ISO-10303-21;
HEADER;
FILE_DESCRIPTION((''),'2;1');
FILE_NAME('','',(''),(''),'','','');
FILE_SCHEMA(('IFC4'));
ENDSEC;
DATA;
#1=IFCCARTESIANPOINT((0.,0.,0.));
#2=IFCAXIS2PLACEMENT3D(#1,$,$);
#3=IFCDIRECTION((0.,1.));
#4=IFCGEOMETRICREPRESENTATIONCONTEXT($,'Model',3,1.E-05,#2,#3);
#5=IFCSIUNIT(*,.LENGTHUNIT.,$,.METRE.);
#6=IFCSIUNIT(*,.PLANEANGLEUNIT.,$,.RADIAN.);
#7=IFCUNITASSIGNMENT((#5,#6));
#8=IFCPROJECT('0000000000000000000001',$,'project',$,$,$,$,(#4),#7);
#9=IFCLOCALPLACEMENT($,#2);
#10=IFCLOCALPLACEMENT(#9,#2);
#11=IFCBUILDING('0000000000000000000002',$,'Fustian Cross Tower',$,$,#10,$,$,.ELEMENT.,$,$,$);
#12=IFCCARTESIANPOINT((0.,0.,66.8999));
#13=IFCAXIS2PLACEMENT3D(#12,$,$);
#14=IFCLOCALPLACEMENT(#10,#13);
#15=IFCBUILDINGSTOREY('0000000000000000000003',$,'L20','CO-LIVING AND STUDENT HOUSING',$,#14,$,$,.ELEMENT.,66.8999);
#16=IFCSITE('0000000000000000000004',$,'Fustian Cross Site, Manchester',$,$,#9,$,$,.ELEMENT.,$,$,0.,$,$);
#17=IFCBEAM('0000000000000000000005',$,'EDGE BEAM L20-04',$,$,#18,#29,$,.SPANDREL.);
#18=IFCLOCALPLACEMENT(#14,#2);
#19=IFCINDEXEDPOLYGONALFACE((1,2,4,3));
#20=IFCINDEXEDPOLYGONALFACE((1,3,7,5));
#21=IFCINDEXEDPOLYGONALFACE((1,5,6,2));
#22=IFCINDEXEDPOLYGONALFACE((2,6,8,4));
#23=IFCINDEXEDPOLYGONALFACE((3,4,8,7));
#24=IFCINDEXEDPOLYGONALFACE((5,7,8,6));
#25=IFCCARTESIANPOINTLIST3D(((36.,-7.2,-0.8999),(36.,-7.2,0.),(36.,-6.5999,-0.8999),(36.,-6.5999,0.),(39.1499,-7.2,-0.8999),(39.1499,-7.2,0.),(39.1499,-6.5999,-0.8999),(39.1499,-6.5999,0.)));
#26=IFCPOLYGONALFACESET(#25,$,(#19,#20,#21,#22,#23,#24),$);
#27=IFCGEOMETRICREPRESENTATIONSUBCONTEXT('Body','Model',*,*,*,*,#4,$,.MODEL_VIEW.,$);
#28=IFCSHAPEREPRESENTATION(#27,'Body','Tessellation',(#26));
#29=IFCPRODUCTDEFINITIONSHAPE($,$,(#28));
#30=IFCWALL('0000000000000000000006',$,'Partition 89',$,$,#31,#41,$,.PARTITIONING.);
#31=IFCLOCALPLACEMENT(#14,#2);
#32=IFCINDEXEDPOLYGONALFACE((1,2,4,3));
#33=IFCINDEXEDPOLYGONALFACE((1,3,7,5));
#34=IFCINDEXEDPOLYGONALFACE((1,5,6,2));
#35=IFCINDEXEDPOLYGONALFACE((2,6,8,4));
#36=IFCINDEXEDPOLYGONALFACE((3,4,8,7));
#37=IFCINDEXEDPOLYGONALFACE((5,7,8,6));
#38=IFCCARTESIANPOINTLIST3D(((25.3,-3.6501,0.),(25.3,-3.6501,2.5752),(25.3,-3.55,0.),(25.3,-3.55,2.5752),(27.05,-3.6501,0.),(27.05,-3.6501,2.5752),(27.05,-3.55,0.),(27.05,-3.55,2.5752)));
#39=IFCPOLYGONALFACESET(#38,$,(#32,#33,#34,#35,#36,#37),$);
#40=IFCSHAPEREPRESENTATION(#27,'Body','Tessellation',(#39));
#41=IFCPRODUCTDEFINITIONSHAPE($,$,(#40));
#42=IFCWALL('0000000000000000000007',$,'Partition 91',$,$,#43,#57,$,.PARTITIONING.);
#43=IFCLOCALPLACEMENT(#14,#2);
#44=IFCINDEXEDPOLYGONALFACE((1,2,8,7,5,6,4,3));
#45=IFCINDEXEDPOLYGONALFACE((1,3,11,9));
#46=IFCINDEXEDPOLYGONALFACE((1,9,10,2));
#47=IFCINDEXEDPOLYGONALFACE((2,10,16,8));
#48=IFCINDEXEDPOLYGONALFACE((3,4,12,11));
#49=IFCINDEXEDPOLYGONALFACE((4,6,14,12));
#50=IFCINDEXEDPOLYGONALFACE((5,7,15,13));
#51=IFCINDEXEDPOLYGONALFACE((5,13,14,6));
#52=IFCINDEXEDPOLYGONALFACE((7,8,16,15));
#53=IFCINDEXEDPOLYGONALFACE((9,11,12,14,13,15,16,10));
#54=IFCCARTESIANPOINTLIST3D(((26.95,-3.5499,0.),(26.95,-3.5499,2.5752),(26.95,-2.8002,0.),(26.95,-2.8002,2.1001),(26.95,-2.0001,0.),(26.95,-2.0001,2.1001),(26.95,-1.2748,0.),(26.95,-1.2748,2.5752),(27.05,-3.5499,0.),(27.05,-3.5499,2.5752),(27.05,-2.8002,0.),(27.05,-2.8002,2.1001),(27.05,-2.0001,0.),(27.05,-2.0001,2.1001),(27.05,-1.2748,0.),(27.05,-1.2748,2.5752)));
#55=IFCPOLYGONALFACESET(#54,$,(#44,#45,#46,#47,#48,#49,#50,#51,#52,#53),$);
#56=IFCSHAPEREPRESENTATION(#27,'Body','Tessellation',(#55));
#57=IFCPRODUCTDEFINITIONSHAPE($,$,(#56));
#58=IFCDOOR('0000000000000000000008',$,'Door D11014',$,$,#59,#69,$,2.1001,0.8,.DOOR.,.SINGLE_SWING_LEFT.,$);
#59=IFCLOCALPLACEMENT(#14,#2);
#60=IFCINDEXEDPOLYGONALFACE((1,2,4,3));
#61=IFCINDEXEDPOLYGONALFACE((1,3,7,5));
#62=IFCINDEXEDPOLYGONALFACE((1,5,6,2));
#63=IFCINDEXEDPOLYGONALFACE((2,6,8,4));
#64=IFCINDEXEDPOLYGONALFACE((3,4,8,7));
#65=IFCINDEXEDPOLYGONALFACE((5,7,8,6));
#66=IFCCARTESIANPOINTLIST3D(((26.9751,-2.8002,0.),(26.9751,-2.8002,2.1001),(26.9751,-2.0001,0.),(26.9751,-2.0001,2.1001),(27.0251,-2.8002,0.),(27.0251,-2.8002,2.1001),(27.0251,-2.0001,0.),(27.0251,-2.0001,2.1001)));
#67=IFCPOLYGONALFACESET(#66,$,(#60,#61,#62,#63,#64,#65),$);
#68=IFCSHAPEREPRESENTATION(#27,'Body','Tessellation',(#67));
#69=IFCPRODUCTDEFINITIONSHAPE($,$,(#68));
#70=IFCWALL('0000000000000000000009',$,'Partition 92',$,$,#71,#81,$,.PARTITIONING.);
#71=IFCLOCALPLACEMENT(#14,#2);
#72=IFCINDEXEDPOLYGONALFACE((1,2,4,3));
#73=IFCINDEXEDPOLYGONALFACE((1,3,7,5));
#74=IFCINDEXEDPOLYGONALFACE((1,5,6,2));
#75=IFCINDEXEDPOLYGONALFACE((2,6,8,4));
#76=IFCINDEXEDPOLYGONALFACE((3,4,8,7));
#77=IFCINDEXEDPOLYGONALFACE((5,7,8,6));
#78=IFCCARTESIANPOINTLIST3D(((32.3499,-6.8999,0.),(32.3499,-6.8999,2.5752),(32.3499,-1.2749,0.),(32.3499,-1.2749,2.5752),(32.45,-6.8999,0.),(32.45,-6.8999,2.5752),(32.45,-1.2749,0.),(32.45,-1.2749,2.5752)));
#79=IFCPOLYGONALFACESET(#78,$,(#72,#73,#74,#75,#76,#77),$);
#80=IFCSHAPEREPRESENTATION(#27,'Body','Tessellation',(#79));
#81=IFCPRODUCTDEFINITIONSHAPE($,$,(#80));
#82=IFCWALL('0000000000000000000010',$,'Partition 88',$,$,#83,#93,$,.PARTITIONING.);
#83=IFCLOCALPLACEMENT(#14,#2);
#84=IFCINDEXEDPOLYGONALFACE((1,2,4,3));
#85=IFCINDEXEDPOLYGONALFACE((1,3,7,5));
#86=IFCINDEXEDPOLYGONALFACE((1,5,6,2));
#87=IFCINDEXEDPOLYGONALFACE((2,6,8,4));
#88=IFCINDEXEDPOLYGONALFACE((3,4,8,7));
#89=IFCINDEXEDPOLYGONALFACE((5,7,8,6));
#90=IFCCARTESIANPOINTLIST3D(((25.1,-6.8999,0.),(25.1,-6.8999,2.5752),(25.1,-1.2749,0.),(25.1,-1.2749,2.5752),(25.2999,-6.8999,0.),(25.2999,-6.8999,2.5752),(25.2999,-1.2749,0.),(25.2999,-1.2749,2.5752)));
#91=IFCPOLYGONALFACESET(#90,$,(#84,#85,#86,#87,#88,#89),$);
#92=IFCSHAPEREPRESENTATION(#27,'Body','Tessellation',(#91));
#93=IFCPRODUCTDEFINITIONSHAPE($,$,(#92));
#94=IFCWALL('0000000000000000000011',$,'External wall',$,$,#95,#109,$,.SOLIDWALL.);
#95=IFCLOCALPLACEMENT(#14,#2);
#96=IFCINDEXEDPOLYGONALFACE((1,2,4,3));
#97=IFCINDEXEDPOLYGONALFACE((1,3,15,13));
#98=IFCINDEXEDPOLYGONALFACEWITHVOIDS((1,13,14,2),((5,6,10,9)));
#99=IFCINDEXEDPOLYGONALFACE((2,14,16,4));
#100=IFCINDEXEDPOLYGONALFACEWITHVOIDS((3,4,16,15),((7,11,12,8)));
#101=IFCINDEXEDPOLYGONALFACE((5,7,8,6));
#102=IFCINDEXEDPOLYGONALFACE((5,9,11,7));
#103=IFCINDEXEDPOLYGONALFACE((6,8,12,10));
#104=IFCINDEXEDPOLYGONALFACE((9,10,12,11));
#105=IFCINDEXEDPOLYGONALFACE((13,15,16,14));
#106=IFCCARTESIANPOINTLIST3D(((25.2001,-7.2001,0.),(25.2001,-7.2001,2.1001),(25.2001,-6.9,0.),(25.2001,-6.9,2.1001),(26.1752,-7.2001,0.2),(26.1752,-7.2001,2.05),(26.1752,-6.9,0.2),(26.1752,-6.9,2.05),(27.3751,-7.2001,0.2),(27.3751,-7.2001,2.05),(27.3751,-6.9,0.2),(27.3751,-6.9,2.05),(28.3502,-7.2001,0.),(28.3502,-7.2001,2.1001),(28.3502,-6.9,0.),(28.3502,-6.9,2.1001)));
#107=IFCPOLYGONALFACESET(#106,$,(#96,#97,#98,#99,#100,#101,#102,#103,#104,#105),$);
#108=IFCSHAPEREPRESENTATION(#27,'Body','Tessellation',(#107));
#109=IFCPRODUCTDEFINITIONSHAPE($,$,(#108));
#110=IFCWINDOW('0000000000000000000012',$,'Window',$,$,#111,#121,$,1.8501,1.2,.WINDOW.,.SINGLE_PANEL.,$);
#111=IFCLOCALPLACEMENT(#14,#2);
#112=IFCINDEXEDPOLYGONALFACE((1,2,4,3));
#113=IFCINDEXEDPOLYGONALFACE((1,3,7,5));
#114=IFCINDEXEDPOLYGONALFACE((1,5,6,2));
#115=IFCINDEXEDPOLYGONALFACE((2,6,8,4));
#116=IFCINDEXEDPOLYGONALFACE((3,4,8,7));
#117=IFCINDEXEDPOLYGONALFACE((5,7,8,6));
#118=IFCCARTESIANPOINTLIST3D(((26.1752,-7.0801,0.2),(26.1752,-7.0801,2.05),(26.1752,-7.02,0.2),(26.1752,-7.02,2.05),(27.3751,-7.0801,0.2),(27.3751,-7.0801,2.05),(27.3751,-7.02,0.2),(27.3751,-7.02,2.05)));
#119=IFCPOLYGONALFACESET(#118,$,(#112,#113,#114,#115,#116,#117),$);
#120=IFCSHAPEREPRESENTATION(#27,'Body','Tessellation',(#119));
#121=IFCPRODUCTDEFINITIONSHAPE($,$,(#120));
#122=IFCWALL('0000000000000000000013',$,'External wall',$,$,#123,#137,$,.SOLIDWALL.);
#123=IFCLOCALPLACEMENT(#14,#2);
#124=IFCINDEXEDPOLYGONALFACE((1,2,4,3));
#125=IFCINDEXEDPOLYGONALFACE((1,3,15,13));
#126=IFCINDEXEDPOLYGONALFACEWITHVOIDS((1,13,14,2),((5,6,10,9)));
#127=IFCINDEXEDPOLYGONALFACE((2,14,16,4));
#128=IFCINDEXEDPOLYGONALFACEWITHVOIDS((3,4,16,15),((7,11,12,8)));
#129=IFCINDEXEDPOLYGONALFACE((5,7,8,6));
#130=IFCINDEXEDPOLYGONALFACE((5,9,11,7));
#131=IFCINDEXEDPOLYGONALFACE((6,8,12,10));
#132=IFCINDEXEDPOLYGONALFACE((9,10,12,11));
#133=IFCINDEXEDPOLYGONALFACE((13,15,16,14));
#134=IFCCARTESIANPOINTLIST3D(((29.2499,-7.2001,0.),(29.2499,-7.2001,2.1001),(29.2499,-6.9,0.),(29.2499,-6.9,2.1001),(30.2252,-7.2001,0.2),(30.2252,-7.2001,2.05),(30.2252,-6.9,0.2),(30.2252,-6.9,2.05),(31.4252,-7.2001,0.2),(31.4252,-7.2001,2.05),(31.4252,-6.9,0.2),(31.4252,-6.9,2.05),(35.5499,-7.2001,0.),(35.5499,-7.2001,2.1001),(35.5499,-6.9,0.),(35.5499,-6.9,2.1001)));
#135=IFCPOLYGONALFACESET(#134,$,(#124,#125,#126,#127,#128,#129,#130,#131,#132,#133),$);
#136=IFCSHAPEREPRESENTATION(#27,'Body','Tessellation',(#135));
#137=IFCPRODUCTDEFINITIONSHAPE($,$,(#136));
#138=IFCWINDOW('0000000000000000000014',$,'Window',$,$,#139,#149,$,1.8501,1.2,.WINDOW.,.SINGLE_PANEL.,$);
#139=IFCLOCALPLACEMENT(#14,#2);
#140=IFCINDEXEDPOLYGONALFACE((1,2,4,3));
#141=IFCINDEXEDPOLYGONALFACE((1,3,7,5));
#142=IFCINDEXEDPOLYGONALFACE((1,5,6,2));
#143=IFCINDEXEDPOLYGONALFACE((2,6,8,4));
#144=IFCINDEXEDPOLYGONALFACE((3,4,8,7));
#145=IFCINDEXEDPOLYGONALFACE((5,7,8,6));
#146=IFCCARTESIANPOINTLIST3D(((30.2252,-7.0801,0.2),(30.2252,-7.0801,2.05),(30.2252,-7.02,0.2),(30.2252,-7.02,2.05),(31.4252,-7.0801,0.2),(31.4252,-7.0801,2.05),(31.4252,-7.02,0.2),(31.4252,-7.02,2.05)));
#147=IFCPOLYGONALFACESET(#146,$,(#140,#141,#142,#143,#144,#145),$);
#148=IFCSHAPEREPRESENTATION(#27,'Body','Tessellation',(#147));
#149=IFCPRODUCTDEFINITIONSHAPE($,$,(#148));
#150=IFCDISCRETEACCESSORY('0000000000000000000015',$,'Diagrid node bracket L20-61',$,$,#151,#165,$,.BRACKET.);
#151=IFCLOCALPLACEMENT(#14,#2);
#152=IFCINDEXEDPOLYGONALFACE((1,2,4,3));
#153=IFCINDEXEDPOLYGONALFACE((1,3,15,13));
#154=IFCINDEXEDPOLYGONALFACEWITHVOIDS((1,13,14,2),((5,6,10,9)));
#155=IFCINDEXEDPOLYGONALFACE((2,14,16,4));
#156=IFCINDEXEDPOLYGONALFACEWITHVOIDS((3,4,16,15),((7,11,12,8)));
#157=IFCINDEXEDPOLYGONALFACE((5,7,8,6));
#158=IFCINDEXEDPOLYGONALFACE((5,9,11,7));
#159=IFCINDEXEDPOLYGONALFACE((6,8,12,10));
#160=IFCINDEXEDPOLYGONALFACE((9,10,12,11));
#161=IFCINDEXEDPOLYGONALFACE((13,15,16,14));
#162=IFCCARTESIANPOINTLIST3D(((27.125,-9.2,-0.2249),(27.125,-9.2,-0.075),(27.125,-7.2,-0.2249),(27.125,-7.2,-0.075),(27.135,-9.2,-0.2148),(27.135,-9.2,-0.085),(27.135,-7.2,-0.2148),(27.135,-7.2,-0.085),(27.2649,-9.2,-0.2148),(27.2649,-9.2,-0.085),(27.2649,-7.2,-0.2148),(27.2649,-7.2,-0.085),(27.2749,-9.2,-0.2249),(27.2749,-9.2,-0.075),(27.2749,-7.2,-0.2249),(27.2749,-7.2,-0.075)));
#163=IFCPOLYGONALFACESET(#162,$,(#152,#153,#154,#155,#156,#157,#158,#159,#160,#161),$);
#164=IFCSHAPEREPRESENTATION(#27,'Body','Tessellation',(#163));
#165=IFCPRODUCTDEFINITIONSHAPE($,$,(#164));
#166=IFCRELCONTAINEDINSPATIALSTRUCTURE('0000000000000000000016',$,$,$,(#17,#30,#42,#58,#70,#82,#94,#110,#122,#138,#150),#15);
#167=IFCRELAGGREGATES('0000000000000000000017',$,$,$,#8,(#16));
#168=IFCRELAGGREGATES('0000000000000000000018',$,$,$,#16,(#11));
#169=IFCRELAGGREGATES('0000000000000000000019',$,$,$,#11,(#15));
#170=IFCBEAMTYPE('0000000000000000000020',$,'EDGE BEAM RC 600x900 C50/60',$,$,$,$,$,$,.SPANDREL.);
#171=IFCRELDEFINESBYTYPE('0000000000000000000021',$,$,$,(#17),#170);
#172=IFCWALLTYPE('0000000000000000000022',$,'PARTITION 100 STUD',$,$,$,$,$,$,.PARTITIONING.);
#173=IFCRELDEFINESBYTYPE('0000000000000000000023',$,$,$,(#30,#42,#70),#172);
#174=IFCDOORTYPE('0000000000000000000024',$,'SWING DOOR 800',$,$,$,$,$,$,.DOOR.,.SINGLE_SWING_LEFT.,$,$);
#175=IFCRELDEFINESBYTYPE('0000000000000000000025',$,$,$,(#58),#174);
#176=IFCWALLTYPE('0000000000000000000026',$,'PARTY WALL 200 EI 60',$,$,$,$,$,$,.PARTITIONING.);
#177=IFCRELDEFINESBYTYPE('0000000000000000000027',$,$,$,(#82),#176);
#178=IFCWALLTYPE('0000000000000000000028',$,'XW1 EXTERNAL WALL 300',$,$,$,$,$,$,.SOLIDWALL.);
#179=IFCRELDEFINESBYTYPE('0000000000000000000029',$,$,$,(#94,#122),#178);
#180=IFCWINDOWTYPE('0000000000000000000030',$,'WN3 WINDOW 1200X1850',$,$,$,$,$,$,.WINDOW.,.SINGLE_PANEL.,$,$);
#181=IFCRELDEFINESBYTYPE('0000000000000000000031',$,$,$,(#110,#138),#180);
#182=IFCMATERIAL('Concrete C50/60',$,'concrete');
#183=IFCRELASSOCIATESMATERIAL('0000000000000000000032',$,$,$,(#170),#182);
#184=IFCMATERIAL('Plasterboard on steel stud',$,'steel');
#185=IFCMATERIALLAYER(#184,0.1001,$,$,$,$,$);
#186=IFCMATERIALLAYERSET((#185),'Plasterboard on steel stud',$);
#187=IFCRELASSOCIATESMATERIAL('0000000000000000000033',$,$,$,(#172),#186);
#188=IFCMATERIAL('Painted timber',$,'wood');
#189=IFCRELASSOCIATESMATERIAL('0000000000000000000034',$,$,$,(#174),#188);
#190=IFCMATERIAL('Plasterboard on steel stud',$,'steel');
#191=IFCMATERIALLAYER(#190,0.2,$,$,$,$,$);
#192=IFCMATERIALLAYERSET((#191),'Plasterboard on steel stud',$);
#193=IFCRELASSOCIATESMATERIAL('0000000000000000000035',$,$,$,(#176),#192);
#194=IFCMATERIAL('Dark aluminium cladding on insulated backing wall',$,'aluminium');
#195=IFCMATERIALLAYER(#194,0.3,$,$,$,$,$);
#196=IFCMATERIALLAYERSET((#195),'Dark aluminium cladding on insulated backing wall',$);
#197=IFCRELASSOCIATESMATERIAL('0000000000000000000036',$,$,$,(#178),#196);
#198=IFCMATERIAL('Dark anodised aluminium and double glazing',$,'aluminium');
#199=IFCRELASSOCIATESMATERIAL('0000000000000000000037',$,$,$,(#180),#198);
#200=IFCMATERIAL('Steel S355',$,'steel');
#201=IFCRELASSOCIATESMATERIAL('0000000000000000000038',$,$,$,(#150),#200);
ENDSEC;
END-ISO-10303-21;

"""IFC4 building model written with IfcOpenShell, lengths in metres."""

from ifc_helpers import new_model, si_unit, direction, frame, frame_2d, origin, origin_2d, place, context, subcontext, project, spatial, rectangle, hollow_rectangle, extrude, material, layer, layer_set, material_profile, profile_set, type_object, element, fill, save


model = new_model("IFC4")

# Units and contexts
model_context = context("Model", 3, precision=1e-05, world=origin(), true_north=direction((0.0, 1.0)))
body_context = subcontext(model_context, "Body", "Model", "MODEL_VIEW")
ifc_project = project(units=[si_unit("LENGTHUNIT", "METRE"), si_unit("PLANEANGLEUNIT", "RADIAN")], contexts=[model_context])

# Site, building, storey
site_placement = place(None, origin())
site = spatial("IfcSite", under=ifc_project, at=site_placement, Name="Fustian Cross Site, Manchester", CompositionType="ELEMENT", RefElevation=0.0)
building_placement = place(site_placement, origin())
building = spatial("IfcBuilding", under=site, at=building_placement, Name="Fustian Cross Tower", CompositionType="ELEMENT")
storey_placement = place(building_placement, frame((0.0, 0.0, 66.8999)))
storey = spatial("IfcBuildingStorey", under=building, at=storey_placement, Name="L20", Description="CO-LIVING AND STUDENT HOUSING", CompositionType="ELEMENT", Elevation=66.8999)

# Beam
ifc_material_1 = material(Name="Concrete C50/60", Category="concrete")
ifc_material_profile_1 = material_profile(ifc_material_1, rectangle(XDim=0.6001, YDim=0.8999, at=origin_2d()), Name="RC 600x900")
ifc_profile_set_1 = profile_set([ifc_material_profile_1], Name="Concrete C50/60")
beam_type = type_object("IfcBeamType", Name="EDGE BEAM RC 600x900 C50/60", PredefinedType="SPANDREL", material=ifc_profile_set_1)
beam_1_placement = place(storey_placement, frame((36.0, -6.8999, -0.45), z_axis=(1.0, 0.0, 0.0), x_axis=(0.0, 1.0, 0.0)))
element("IfcBeam", 1, at=beam_1_placement, inside=storey, type_object=beam_type, Name="EDGE BEAM L20-04", PredefinedType="SPANDREL", context=body_context, shape_type="SweptSolid", body=[
    extrude(rectangle(XDim=0.6001, YDim=0.8999, at=origin_2d()), origin(), (0.0, 0.0, 1.0), 3.1499),
])

# Wall
ifc_material_2 = material(Name="Plasterboard on steel stud", Category="steel")
ifc_layer_1 = layer(ifc_material_2, 0.1001)
ifc_layer_set_1 = layer_set([ifc_layer_1], Name="Plasterboard on steel stud")
wall_type_1 = type_object("IfcWallType", Name="PARTITION 100 STUD", PredefinedType="PARTITIONING", material=ifc_layer_set_1)
wall_1_placement = place(storey_placement, frame((25.3, -3.6001, 0.0), z_axis=(0.0, 0.0, 1.0), x_axis=(1.0, 0.0, 0.0)))
element("IfcWall", 2, at=wall_1_placement, inside=storey, type_object=wall_type_1, Name="Partition 89", PredefinedType="PARTITIONING", context=body_context, shape_type="SweptSolid", body=[
    extrude(rectangle(XDim=1.75, YDim=0.1001, at=frame_2d((0.875, 0.0))), origin(), (0.0, 0.0, 1.0), 2.5752),
])

# Wall, opening, door
wall_2_placement = place(storey_placement, frame((27.0, -3.55, 0.0), z_axis=(0.0, 0.0, 1.0), x_axis=(0.0, 1.0, 0.0)))
wall_2 = element("IfcWall", 3, at=wall_2_placement, inside=storey, type_object=wall_type_1, Name="Partition 91", PredefinedType="PARTITIONING", context=body_context, shape_type="SweptSolid", body=[
    extrude(rectangle(XDim=2.2751, YDim=0.1001, at=frame_2d((1.1377, 0.0))), origin(), (0.0, 0.0, 1.0), 2.5752),
])
opening_1_placement = place(wall_2_placement, frame((0.75, 0.0, 0.0)))
opening_1 = element("IfcOpeningElement", 4, at=opening_1_placement, cuts=wall_2, PredefinedType="OPENING", context=body_context, shape_type="SweptSolid", body=[
    extrude(rectangle(XDim=0.8, YDim=2.1001, at=frame_2d((0.3999, 1.05))), frame((0.0, 0.0601, 0.0), z_axis=(0.0, -1.0, 0.0), x_axis=(1.0, 0.0, 0.0)), (0.0, 0.0, 1.0), 0.1201),
])
ifc_material_3 = material(Name="Painted timber", Category="wood")
door_type = type_object("IfcDoorType", Name="SWING DOOR 800", OperationType="SINGLE_SWING_LEFT", PredefinedType="DOOR", material=ifc_material_3)
door_placement = place(opening_1_placement, origin())
door = element("IfcDoor", 5, at=door_placement, inside=storey, type_object=door_type, Name="Door D11014", OperationType="SINGLE_SWING_LEFT", OverallHeight=2.1001, OverallWidth=0.8, PredefinedType="DOOR", context=body_context, shape_type="SweptSolid", body=[
    extrude(rectangle(XDim=0.8, YDim=2.1001, at=frame_2d((0.3999, 1.05))), frame((0.0, 0.0249, 0.0), z_axis=(0.0, -1.0, 0.0), x_axis=(1.0, 0.0, 0.0)), (0.0, 0.0, 1.0), 0.05),
])
fill(opening_1, door)

# Walls
wall_3_placement = place(storey_placement, frame((32.3999, -6.8999, 0.0), z_axis=(0.0, 0.0, 1.0), x_axis=(0.0, 1.0, 0.0)))
element("IfcWall", 6, at=wall_3_placement, inside=storey, type_object=wall_type_1, Name="Partition 92", PredefinedType="PARTITIONING", context=body_context, shape_type="SweptSolid", body=[
    extrude(rectangle(XDim=5.625, YDim=0.1001, at=frame_2d((2.8125, 0.0))), origin(), (0.0, 0.0, 1.0), 2.5752),
])
ifc_material_4 = material(Name="Plasterboard on steel stud", Category="steel")
ifc_layer_2 = layer(ifc_material_4, 0.2)
ifc_layer_set_2 = layer_set([ifc_layer_2], Name="Plasterboard on steel stud")
wall_type_2 = type_object("IfcWallType", Name="PARTY WALL 200 EI 60", PredefinedType="PARTITIONING", material=ifc_layer_set_2)
wall_4_placement = place(storey_placement, frame((25.2, -6.8999, 0.0), z_axis=(0.0, 0.0, 1.0), x_axis=(0.0, 1.0, 0.0)))
element("IfcWall", 7, at=wall_4_placement, inside=storey, type_object=wall_type_2, Name="Partition 88", PredefinedType="PARTITIONING", context=body_context, shape_type="SweptSolid", body=[
    extrude(rectangle(XDim=5.625, YDim=0.2, at=frame_2d((2.8125, 0.0))), origin(), (0.0, 0.0, 1.0), 2.5752),
])

# Walls, openings, windows
ifc_material_5 = material(Name="Dark aluminium cladding on insulated backing wall", Category="aluminium")
ifc_layer_3 = layer(ifc_material_5, 0.3)
ifc_layer_set_3 = layer_set([ifc_layer_3], Name="Dark aluminium cladding on insulated backing wall")
wall_type_3 = type_object("IfcWallType", Name="XW1 EXTERNAL WALL 300", PredefinedType="SOLIDWALL", material=ifc_layer_set_3)
wall_5_placement = place(storey_placement, frame((25.2, -7.05, 0.0), z_axis=(0.0, 0.0, 1.0), x_axis=(1.0, 0.0, 0.0)))
wall_5 = element("IfcWall", 8, at=wall_5_placement, inside=storey, type_object=wall_type_3, Name="External wall", PredefinedType="SOLIDWALL", context=body_context, shape_type="SweptSolid", body=[
    extrude(rectangle(XDim=3.1501, YDim=0.3, at=frame_2d((1.5752, 0.0))), origin(), (0.0, 0.0, 1.0), 2.1001),
])
opening_2_placement = place(wall_5_placement, frame((0.9751, 0.0, 0.2)))
opening_2 = element("IfcOpeningElement", 9, at=opening_2_placement, cuts=wall_5, PredefinedType="OPENING", context=body_context, shape_type="SweptSolid", body=[
    extrude(rectangle(XDim=1.2, YDim=1.8501, at=frame_2d((0.6001, 0.925))), frame((0.0, 0.1599, 0.0), z_axis=(0.0, -1.0, 0.0), x_axis=(1.0, 0.0, 0.0)), (0.0, 0.0, 1.0), 0.3201),
])
ifc_material_6 = material(Name="Dark anodised aluminium and double glazing", Category="aluminium")
window_type = type_object("IfcWindowType", Name="WN3 WINDOW 1200X1850", PartitioningType="SINGLE_PANEL", PredefinedType="WINDOW", material=ifc_material_6)
window_1_placement = place(opening_2_placement, origin())
window_1 = element("IfcWindow", 10, at=window_1_placement, inside=storey, type_object=window_type, Name="Window", OverallHeight=1.8501, OverallWidth=1.2, PartitioningType="SINGLE_PANEL", PredefinedType="WINDOW", context=body_context, shape_type="SweptSolid", body=[
    extrude(rectangle(XDim=1.2, YDim=1.8501, at=frame_2d((0.6001, 0.925))), frame((0.0, 0.03, 0.0), z_axis=(0.0, -1.0, 0.0), x_axis=(1.0, 0.0, 0.0)), (0.0, 0.0, 1.0), 0.0601),
])
fill(opening_2, window_1)
wall_6_placement = place(storey_placement, frame((29.25, -7.05, 0.0), z_axis=(0.0, 0.0, 1.0), x_axis=(1.0, 0.0, 0.0)))
wall_6 = element("IfcWall", 11, at=wall_6_placement, inside=storey, type_object=wall_type_3, Name="External wall", PredefinedType="SOLIDWALL", context=body_context, shape_type="SweptSolid", body=[
    extrude(rectangle(XDim=6.3, YDim=0.3, at=frame_2d((3.1499, 0.0))), origin(), (0.0, 0.0, 1.0), 2.1001),
])
opening_3_placement = place(wall_6_placement, frame((0.9751, 0.0, 0.2)))
opening_3 = element("IfcOpeningElement", 12, at=opening_3_placement, cuts=wall_6, PredefinedType="OPENING", context=body_context, shape_type="SweptSolid", body=[
    extrude(rectangle(XDim=1.2, YDim=1.8501, at=frame_2d((0.6001, 0.925))), frame((0.0, 0.1599, 0.0), z_axis=(0.0, -1.0, 0.0), x_axis=(1.0, 0.0, 0.0)), (0.0, 0.0, 1.0), 0.3201),
])
window_2_placement = place(opening_3_placement, origin())
window_2 = element("IfcWindow", 13, at=window_2_placement, inside=storey, type_object=window_type, Name="Window", OverallHeight=1.8501, OverallWidth=1.2, PartitioningType="SINGLE_PANEL", PredefinedType="WINDOW", context=body_context, shape_type="SweptSolid", body=[
    extrude(rectangle(XDim=1.2, YDim=1.8501, at=frame_2d((0.6001, 0.925))), frame((0.0, 0.03, 0.0), z_axis=(0.0, -1.0, 0.0), x_axis=(1.0, 0.0, 0.0)), (0.0, 0.0, 1.0), 0.0601),
])
fill(opening_3, window_2)

# Discrete accessory
ifc_material_7 = material(Name="Steel S355", Category="steel")
for number, where, z_axis, x_axis, name in (
    (14, (27.2, -9.2, -0.1499), (0.0, 1.0, 0.0), (-1.0, 0.0, 0.0), "Diagrid node bracket L20-61"),
):
    element("IfcDiscreteAccessory", number, at=place(storey_placement, frame(where, z_axis=z_axis, x_axis=x_axis)), inside=storey, material=ifc_material_7, Name=name, PredefinedType="BRACKET", context=body_context, shape_type="SweptSolid", body=[
        extrude(hollow_rectangle(XDim=0.1499, YDim=0.1499, WallThickness=0.01, at=origin_2d()), origin(), (0.0, 0.0, 1.0), 2.0),
    ])

save(model, "model.ifc")
